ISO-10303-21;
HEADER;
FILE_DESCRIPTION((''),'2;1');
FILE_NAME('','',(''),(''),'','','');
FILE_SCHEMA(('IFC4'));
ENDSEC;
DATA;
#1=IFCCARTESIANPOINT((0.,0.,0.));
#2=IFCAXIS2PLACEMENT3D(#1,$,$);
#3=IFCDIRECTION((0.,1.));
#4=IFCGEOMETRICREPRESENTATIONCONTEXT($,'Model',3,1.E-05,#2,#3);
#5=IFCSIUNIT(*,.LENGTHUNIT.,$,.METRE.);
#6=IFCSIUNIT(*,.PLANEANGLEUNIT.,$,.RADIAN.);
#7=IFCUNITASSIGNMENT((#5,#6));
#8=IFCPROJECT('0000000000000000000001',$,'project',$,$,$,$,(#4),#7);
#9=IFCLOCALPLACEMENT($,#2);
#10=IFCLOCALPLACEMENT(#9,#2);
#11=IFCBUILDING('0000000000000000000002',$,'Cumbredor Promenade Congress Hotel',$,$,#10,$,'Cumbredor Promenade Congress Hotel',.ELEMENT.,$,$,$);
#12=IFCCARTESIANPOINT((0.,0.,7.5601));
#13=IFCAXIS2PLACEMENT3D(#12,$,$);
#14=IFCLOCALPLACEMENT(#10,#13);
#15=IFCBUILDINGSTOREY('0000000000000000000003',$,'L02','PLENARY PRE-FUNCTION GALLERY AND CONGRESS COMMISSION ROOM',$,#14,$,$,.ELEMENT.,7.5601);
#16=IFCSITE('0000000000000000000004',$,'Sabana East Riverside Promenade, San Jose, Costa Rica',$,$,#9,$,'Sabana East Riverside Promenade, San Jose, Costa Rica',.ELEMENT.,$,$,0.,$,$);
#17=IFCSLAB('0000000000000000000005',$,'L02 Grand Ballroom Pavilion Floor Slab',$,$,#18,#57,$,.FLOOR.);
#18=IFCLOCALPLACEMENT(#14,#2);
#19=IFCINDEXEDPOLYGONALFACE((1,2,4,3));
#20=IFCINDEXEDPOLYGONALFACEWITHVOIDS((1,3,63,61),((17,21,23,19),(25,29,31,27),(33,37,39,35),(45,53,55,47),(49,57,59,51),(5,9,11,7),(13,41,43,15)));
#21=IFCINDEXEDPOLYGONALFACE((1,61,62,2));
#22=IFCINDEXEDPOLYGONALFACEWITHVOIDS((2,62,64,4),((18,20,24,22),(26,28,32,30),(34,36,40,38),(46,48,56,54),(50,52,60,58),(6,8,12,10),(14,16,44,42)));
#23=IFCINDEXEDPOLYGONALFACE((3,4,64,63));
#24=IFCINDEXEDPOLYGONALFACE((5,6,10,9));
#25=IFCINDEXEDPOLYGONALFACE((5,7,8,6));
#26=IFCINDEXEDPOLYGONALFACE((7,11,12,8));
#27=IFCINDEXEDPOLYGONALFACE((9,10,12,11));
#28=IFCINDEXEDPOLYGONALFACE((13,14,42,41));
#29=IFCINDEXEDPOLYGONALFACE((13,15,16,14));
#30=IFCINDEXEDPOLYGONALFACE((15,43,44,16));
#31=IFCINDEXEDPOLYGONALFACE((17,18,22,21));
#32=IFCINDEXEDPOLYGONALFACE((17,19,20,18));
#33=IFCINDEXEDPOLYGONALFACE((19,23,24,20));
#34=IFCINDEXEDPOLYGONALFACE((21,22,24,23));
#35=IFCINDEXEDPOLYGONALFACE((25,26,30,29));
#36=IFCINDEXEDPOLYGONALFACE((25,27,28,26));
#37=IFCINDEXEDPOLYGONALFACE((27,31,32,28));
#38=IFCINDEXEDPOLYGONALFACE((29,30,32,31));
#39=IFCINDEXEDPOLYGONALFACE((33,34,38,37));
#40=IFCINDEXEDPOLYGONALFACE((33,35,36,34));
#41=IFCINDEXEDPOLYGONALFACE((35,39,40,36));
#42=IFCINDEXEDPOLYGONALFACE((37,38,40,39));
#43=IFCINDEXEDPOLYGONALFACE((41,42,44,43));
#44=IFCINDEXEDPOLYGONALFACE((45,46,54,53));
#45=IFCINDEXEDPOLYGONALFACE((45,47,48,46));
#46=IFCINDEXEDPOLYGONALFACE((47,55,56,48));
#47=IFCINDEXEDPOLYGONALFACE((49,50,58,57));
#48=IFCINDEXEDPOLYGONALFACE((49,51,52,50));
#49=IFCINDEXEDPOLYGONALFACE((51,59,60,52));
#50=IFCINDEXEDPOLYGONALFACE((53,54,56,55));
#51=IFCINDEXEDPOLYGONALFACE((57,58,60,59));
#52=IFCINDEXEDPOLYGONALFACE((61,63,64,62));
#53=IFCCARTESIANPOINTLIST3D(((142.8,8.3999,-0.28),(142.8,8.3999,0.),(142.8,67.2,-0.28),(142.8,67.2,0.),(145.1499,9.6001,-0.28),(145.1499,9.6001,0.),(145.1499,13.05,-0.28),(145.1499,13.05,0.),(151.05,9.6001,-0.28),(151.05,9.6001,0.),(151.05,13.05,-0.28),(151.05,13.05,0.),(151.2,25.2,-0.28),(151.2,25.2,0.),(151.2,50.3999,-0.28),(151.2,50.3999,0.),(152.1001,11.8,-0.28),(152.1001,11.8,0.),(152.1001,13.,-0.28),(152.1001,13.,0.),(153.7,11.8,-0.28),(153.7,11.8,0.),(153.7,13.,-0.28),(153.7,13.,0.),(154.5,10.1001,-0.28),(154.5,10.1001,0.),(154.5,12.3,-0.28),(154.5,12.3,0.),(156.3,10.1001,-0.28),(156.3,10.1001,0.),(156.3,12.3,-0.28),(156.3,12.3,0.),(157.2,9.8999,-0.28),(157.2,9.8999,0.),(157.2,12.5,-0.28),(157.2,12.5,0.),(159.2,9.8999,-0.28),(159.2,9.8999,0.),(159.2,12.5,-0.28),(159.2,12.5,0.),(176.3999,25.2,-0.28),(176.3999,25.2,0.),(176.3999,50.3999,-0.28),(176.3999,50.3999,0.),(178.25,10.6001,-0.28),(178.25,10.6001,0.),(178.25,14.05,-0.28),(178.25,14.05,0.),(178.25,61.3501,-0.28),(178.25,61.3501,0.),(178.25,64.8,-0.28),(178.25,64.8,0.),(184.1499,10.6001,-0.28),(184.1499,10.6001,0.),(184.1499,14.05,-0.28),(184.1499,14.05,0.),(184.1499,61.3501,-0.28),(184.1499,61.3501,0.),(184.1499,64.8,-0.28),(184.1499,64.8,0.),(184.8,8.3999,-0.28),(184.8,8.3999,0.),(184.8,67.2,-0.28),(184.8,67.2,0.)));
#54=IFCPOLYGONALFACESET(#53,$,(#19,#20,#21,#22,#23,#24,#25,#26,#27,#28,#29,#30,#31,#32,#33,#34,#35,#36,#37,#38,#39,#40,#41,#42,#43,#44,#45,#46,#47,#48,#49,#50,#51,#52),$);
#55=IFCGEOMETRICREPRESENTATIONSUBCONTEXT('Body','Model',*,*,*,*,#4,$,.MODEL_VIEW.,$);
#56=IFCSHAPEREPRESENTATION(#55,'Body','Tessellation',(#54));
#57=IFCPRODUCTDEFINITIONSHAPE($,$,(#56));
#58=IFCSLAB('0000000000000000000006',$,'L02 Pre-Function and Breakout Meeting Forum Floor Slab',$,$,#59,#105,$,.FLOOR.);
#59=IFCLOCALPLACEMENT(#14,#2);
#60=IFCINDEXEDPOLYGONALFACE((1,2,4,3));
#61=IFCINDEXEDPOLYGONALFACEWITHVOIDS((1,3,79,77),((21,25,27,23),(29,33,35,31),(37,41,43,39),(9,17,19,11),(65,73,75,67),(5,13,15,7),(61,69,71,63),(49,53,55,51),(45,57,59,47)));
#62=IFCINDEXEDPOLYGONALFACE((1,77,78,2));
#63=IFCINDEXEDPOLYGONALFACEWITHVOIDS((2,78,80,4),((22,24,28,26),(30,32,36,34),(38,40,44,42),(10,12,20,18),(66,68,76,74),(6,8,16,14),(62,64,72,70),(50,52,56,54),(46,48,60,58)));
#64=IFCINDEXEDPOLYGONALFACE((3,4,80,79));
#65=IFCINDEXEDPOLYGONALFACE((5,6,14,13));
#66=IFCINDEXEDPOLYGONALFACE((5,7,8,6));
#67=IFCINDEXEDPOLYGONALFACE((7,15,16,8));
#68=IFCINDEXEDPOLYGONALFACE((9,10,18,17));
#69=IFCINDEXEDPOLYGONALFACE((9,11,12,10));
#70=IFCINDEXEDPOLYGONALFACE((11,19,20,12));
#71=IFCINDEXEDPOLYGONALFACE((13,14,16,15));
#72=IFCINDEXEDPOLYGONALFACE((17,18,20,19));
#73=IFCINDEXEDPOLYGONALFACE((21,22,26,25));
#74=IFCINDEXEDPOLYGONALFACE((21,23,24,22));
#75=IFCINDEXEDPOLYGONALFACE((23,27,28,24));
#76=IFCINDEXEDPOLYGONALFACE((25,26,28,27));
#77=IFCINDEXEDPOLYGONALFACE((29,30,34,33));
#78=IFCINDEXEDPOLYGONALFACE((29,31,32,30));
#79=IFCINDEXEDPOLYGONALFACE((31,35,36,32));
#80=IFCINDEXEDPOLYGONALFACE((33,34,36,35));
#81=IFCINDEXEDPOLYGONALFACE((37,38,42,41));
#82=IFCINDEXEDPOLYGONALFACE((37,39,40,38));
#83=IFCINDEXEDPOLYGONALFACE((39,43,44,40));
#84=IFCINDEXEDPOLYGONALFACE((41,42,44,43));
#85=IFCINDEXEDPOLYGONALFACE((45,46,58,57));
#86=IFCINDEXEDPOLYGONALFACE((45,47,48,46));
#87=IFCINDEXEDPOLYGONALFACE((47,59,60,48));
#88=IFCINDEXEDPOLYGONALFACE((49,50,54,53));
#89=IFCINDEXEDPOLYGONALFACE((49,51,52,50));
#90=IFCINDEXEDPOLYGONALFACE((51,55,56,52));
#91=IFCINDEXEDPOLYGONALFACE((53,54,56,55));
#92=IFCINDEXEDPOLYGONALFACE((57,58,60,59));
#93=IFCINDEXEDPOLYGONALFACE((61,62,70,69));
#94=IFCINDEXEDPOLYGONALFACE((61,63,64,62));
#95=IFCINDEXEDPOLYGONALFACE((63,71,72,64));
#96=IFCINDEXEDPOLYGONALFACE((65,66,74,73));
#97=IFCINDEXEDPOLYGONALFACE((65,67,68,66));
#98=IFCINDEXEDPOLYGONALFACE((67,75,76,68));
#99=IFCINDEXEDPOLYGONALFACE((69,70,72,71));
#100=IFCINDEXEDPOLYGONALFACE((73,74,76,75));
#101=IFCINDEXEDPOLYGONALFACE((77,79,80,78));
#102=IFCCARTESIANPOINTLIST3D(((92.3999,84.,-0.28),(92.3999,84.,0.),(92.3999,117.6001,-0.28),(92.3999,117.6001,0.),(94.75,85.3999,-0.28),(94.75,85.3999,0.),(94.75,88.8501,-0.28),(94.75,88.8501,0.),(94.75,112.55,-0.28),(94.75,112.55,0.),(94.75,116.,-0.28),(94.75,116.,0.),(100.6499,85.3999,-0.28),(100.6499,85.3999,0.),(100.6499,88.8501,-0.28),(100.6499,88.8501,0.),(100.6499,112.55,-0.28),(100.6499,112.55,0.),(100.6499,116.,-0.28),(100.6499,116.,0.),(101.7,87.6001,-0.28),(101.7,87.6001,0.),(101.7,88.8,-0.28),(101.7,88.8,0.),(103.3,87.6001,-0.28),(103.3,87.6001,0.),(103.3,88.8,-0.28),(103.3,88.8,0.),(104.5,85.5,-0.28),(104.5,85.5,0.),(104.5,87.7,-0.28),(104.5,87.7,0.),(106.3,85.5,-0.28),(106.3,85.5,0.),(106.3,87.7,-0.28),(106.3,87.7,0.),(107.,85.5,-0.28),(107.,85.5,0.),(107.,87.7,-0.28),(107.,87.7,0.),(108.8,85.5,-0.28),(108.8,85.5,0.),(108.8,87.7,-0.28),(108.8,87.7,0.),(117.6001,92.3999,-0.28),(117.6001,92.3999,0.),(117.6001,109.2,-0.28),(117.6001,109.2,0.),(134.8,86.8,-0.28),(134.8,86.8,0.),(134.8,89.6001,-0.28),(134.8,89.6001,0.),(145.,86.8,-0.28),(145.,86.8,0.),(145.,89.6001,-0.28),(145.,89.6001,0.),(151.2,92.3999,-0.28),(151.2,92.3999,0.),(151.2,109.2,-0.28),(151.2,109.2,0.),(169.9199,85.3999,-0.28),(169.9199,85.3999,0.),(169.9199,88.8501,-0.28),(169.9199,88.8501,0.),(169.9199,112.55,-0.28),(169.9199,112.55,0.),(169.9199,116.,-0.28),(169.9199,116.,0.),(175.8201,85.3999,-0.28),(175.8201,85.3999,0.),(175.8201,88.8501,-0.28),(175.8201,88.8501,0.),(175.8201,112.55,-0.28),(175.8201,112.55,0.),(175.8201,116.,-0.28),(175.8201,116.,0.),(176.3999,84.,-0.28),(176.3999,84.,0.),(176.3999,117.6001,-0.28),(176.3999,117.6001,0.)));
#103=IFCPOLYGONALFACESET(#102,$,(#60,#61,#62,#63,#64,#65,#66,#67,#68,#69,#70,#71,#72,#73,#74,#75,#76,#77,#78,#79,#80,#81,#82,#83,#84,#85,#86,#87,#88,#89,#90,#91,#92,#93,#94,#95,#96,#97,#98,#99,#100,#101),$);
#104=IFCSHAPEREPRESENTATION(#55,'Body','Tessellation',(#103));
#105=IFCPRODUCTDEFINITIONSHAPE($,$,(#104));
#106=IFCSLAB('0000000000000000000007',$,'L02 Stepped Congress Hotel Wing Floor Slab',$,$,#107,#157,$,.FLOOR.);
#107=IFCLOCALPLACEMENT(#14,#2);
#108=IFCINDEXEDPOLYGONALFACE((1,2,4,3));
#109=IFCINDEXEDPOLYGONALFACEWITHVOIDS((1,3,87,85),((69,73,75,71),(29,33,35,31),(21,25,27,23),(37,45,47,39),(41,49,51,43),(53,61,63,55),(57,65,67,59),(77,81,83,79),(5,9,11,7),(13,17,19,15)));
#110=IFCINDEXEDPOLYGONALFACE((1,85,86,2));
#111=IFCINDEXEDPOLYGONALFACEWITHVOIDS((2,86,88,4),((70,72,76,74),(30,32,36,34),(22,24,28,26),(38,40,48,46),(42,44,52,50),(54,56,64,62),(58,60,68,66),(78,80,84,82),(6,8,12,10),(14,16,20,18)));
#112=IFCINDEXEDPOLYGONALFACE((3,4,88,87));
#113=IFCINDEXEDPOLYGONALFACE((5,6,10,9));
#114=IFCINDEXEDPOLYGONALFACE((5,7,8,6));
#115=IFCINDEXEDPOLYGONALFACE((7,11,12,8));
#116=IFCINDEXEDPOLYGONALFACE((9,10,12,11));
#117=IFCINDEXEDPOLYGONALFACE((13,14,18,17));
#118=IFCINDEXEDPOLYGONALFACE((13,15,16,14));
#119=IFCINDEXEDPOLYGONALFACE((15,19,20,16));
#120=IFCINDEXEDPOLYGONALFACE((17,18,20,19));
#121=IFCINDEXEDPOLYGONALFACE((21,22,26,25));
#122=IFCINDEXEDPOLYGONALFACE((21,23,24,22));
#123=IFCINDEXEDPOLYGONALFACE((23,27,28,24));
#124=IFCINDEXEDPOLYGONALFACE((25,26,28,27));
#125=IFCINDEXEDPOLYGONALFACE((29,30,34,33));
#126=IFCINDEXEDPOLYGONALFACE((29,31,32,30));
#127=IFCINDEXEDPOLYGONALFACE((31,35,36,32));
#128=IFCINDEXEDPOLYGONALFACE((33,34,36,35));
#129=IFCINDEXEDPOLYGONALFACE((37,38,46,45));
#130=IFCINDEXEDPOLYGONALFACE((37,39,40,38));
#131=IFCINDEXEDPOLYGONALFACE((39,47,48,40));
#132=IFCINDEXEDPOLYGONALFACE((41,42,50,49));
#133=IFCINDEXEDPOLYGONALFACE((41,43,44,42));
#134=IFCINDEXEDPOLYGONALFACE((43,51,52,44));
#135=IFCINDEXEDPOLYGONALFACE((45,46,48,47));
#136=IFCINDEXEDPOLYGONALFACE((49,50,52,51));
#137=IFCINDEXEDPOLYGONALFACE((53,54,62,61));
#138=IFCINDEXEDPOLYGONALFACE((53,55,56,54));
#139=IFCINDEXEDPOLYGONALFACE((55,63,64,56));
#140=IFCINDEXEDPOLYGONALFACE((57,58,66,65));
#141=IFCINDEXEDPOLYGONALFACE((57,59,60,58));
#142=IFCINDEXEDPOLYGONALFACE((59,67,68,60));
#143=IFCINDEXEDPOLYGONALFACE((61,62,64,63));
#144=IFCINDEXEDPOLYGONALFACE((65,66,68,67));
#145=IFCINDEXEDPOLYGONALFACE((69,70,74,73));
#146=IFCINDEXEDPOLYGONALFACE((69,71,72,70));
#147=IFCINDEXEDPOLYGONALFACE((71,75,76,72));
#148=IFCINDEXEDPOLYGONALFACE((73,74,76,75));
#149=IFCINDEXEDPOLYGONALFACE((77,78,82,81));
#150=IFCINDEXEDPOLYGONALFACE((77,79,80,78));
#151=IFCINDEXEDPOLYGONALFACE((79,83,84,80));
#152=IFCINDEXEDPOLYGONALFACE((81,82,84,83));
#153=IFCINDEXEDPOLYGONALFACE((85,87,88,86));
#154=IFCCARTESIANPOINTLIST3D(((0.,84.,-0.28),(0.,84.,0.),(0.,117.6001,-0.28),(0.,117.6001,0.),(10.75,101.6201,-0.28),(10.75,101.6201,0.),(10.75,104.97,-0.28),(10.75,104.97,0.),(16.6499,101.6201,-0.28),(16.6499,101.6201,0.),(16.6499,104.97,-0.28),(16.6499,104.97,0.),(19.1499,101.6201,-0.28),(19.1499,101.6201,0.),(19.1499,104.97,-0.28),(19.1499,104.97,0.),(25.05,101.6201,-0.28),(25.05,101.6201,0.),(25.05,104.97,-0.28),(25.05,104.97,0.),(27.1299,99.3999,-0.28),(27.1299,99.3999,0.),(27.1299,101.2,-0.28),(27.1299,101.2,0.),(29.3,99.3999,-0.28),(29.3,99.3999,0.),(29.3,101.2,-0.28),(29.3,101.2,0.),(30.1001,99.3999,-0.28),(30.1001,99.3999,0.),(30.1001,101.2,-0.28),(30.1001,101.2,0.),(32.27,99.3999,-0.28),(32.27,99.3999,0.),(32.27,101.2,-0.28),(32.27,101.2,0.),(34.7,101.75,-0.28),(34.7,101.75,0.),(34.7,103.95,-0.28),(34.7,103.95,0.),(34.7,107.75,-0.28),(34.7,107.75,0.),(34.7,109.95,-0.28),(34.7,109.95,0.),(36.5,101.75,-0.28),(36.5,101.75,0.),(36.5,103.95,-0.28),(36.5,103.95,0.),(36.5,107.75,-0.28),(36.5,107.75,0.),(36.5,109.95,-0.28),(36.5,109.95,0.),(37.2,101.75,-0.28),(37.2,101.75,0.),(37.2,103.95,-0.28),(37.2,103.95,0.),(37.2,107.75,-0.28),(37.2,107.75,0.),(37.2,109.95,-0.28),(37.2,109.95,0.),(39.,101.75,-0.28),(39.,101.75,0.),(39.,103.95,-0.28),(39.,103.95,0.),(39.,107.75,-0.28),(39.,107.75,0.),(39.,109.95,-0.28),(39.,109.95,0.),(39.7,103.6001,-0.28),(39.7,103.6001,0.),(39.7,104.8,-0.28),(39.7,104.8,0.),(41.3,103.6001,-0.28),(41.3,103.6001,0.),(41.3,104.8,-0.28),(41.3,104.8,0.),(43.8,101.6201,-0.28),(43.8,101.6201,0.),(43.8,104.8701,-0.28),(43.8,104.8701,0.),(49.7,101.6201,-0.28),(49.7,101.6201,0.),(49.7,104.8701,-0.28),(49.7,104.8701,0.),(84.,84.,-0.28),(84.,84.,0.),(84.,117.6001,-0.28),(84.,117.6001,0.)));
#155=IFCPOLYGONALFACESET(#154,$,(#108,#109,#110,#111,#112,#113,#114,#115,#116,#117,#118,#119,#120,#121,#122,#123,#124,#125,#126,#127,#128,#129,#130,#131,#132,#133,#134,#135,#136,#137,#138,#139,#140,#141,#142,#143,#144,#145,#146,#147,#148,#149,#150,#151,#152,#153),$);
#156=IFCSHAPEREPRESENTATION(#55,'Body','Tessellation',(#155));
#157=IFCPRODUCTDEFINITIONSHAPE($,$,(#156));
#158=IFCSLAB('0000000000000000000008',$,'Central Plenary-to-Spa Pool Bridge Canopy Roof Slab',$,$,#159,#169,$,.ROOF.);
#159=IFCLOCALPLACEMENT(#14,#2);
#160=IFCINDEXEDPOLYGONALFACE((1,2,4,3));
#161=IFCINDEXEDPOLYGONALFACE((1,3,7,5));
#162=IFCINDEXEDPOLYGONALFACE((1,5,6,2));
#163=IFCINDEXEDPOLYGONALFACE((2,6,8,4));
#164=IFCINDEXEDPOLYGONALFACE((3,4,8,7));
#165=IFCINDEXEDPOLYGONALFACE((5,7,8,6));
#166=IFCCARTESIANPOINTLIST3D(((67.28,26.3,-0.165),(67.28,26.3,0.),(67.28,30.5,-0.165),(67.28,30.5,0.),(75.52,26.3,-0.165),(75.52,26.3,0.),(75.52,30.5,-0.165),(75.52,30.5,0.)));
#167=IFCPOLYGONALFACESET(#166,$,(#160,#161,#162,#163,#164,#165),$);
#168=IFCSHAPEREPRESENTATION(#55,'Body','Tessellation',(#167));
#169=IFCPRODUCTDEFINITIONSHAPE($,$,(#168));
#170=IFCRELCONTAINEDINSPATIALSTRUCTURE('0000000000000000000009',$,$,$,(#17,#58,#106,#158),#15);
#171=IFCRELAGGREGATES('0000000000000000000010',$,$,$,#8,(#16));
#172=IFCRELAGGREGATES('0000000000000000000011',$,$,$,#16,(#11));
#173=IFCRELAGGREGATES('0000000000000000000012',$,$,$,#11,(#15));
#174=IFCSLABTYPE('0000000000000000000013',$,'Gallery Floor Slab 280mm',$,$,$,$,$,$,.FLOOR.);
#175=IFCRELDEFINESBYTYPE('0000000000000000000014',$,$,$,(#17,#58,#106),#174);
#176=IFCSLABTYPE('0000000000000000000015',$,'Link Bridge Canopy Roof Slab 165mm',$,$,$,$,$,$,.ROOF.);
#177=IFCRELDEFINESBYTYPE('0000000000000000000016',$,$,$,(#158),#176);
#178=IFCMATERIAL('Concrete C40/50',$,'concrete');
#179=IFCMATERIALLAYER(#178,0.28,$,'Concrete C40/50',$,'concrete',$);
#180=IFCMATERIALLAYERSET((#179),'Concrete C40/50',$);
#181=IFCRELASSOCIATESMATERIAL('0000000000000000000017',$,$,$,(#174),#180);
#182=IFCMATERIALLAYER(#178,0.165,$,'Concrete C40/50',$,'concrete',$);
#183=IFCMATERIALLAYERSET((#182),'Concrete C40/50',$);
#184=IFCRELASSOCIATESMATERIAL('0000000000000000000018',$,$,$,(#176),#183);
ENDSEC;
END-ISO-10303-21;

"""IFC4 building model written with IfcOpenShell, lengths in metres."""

from ifc_helpers import new_model, si_unit, direction, frame, origin, place, context, subcontext, project, spatial, polyline, outline, extrude, material, layer, layer_set, type_object, element, save


model = new_model("IFC4")

# Units and contexts
model_context = context("Model", 3, precision=1e-05, world=origin(), true_north=direction((0.0, 1.0)))
body_context = subcontext(model_context, "Body", "Model", "MODEL_VIEW")
ifc_project = project(units=[si_unit("LENGTHUNIT", "METRE"), si_unit("PLANEANGLEUNIT", "RADIAN")], contexts=[model_context])

# Site, building, storey
site_placement = place(None, origin())
site = spatial("IfcSite", under=ifc_project, at=site_placement, Name="Sabana East Riverside Promenade, San Jose, Costa Rica", LongName="Sabana East Riverside Promenade, San Jose, Costa Rica", CompositionType="ELEMENT", RefElevation=0.0)
building_placement = place(site_placement, origin())
building = spatial("IfcBuilding", under=site, at=building_placement, Name="Cumbredor Promenade Congress Hotel", LongName="Cumbredor Promenade Congress Hotel", CompositionType="ELEMENT")
storey_placement = place(building_placement, frame((0.0, 0.0, 7.5601)))
storey = spatial("IfcBuildingStorey", under=building, at=storey_placement, Name="L02", Description="PLENARY PRE-FUNCTION GALLERY AND CONGRESS COMMISSION ROOM", CompositionType="ELEMENT", Elevation=7.5601)

# Slabs
ifc_material_1 = material(Name="Concrete C40/50", Category="concrete")
ifc_layer_1 = layer(ifc_material_1, 0.28, Name="Concrete C40/50", Category="concrete")
ifc_layer_set_1 = layer_set([ifc_layer_1], Name="Concrete C40/50")
slab_type_1 = type_object("IfcSlabType", Name="Gallery Floor Slab 280mm", PredefinedType="FLOOR", material=ifc_layer_set_1)
slab_1_placement = place(storey_placement, frame((0.0, 0.0, -0.28)))
element("IfcSlab", 1, at=slab_1_placement, inside=storey, type_object=slab_type_1, Name="L02 Grand Ballroom Pavilion Floor Slab", PredefinedType="FLOOR", context=body_context, shape_type="SweptSolid", body=[
    extrude(outline(polyline([(142.8, 8.3999), (184.8, 8.3999), (184.8, 67.2), (142.8, 67.2), (142.8, 8.3999)]), holes=[polyline([(145.1499, 9.6001), (151.05, 9.6001), (151.05, 13.05), (145.1499, 13.05), (145.1499, 9.6001)]), polyline([(178.25, 10.6001), (184.1499, 10.6001), (184.1499, 14.05), (178.25, 14.05), (178.25, 10.6001)]), polyline([(178.25, 61.3501), (184.1499, 61.3501), (184.1499, 64.8), (178.25, 64.8), (178.25, 61.3501)]), polyline([(154.5, 10.1001), (156.3, 10.1001), (156.3, 12.3), (154.5, 12.3), (154.5, 10.1001)]), polyline([(157.2, 9.8999), (159.2, 9.8999), (159.2, 12.5), (157.2, 12.5), (157.2, 9.8999)]), polyline([(152.1001, 11.8), (153.7, 11.8), (153.7, 13.0), (152.1001, 13.0), (152.1001, 11.8)]), polyline([(151.2, 25.2), (176.3999, 25.2), (176.3999, 50.3999), (151.2, 50.3999), (151.2, 25.2)])]), origin(), (0.0, 0.0, 1.0), 0.28),
])
slab_2_placement = place(storey_placement, frame((0.0, 0.0, -0.28)))
element("IfcSlab", 2, at=slab_2_placement, inside=storey, type_object=slab_type_1, Name="L02 Pre-Function and Breakout Meeting Forum Floor Slab", PredefinedType="FLOOR", context=body_context, shape_type="SweptSolid", body=[
    extrude(outline(polyline([(92.3999, 84.0), (176.3999, 84.0), (176.3999, 117.6001), (92.3999, 117.6001), (92.3999, 84.0)]), holes=[polyline([(94.75, 85.3999), (100.6499, 85.3999), (100.6499, 88.8501), (94.75, 88.8501), (94.75, 85.3999)]), polyline([(169.9199, 85.3999), (175.8201, 85.3999), (175.8201, 88.8501), (169.9199, 88.8501), (169.9199, 85.3999)]), polyline([(94.75, 112.55), (100.6499, 112.55), (100.6499, 116.0), (94.75, 116.0), (94.75, 112.55)]), polyline([(169.9199, 112.55), (175.8201, 112.55), (175.8201, 116.0), (169.9199, 116.0), (169.9199, 112.55)]), polyline([(104.5, 85.5), (106.3, 85.5), (106.3, 87.7), (104.5, 87.7), (104.5, 85.5)]), polyline([(107.0, 85.5), (108.8, 85.5), (108.8, 87.7), (107.0, 87.7), (107.0, 85.5)]), polyline([(101.7, 87.6001), (103.3, 87.6001), (103.3, 88.8), (101.7, 88.8), (101.7, 87.6001)]), polyline([(117.6001, 92.3999), (151.2, 92.3999), (151.2, 109.2), (117.6001, 109.2), (117.6001, 92.3999)]), polyline([(134.8, 86.8), (145.0, 86.8), (145.0, 89.6001), (134.8, 89.6001), (134.8, 86.8)])]), origin(), (0.0, 0.0, 1.0), 0.28),
])
slab_3_placement = place(storey_placement, frame((0.0, 0.0, -0.28)))
element("IfcSlab", 3, at=slab_3_placement, inside=storey, type_object=slab_type_1, Name="L02 Stepped Congress Hotel Wing Floor Slab", PredefinedType="FLOOR", context=body_context, shape_type="SweptSolid", body=[
    extrude(outline(polyline([(0.0, 84.0), (84.0, 84.0), (84.0, 117.6001), (0.0, 117.6001), (0.0, 84.0)]), holes=[polyline([(10.75, 101.6201), (16.6499, 101.6201), (16.6499, 104.97), (10.75, 104.97), (10.75, 101.6201)]), polyline([(19.1499, 101.6201), (25.05, 101.6201), (25.05, 104.97), (19.1499, 104.97), (19.1499, 101.6201)]), polyline([(43.8, 101.6201), (49.7, 101.6201), (49.7, 104.8701), (43.8, 104.8701), (43.8, 101.6201)]), polyline([(27.1299, 99.3999), (29.3, 99.3999), (29.3, 101.2), (27.1299, 101.2), (27.1299, 99.3999)]), polyline([(30.1001, 99.3999), (32.27, 99.3999), (32.27, 101.2), (30.1001, 101.2), (30.1001, 99.3999)]), polyline([(34.7, 107.75), (36.5, 107.75), (36.5, 109.95), (34.7, 109.95), (34.7, 107.75)]), polyline([(37.2, 107.75), (39.0, 107.75), (39.0, 109.95), (37.2, 109.95), (37.2, 107.75)]), polyline([(34.7, 101.75), (36.5, 101.75), (36.5, 103.95), (34.7, 103.95), (34.7, 101.75)]), polyline([(37.2, 101.75), (39.0, 101.75), (39.0, 103.95), (37.2, 103.95), (37.2, 101.75)]), polyline([(39.7, 103.6001), (41.3, 103.6001), (41.3, 104.8), (39.7, 104.8), (39.7, 103.6001)])]), origin(), (0.0, 0.0, 1.0), 0.28),
])
ifc_layer_2 = layer(ifc_material_1, 0.165, Name="Concrete C40/50", Category="concrete")
ifc_layer_set_2 = layer_set([ifc_layer_2], Name="Concrete C40/50")
slab_type_2 = type_object("IfcSlabType", Name="Link Bridge Canopy Roof Slab 165mm", PredefinedType="ROOF", material=ifc_layer_set_2)
slab_4_placement = place(storey_placement, frame((0.0, 0.0, -0.165)))
element("IfcSlab", 4, at=slab_4_placement, inside=storey, type_object=slab_type_2, Name="Central Plenary-to-Spa Pool Bridge Canopy Roof Slab", PredefinedType="ROOF", context=body_context, shape_type="SweptSolid", body=[
    extrude(outline(polyline([(67.28, 26.3), (75.52, 26.3), (75.52, 30.5), (67.28, 30.5), (67.28, 26.3)])), origin(), (0.0, 0.0, 1.0), 0.165),
])

save(model, "model.ifc")
